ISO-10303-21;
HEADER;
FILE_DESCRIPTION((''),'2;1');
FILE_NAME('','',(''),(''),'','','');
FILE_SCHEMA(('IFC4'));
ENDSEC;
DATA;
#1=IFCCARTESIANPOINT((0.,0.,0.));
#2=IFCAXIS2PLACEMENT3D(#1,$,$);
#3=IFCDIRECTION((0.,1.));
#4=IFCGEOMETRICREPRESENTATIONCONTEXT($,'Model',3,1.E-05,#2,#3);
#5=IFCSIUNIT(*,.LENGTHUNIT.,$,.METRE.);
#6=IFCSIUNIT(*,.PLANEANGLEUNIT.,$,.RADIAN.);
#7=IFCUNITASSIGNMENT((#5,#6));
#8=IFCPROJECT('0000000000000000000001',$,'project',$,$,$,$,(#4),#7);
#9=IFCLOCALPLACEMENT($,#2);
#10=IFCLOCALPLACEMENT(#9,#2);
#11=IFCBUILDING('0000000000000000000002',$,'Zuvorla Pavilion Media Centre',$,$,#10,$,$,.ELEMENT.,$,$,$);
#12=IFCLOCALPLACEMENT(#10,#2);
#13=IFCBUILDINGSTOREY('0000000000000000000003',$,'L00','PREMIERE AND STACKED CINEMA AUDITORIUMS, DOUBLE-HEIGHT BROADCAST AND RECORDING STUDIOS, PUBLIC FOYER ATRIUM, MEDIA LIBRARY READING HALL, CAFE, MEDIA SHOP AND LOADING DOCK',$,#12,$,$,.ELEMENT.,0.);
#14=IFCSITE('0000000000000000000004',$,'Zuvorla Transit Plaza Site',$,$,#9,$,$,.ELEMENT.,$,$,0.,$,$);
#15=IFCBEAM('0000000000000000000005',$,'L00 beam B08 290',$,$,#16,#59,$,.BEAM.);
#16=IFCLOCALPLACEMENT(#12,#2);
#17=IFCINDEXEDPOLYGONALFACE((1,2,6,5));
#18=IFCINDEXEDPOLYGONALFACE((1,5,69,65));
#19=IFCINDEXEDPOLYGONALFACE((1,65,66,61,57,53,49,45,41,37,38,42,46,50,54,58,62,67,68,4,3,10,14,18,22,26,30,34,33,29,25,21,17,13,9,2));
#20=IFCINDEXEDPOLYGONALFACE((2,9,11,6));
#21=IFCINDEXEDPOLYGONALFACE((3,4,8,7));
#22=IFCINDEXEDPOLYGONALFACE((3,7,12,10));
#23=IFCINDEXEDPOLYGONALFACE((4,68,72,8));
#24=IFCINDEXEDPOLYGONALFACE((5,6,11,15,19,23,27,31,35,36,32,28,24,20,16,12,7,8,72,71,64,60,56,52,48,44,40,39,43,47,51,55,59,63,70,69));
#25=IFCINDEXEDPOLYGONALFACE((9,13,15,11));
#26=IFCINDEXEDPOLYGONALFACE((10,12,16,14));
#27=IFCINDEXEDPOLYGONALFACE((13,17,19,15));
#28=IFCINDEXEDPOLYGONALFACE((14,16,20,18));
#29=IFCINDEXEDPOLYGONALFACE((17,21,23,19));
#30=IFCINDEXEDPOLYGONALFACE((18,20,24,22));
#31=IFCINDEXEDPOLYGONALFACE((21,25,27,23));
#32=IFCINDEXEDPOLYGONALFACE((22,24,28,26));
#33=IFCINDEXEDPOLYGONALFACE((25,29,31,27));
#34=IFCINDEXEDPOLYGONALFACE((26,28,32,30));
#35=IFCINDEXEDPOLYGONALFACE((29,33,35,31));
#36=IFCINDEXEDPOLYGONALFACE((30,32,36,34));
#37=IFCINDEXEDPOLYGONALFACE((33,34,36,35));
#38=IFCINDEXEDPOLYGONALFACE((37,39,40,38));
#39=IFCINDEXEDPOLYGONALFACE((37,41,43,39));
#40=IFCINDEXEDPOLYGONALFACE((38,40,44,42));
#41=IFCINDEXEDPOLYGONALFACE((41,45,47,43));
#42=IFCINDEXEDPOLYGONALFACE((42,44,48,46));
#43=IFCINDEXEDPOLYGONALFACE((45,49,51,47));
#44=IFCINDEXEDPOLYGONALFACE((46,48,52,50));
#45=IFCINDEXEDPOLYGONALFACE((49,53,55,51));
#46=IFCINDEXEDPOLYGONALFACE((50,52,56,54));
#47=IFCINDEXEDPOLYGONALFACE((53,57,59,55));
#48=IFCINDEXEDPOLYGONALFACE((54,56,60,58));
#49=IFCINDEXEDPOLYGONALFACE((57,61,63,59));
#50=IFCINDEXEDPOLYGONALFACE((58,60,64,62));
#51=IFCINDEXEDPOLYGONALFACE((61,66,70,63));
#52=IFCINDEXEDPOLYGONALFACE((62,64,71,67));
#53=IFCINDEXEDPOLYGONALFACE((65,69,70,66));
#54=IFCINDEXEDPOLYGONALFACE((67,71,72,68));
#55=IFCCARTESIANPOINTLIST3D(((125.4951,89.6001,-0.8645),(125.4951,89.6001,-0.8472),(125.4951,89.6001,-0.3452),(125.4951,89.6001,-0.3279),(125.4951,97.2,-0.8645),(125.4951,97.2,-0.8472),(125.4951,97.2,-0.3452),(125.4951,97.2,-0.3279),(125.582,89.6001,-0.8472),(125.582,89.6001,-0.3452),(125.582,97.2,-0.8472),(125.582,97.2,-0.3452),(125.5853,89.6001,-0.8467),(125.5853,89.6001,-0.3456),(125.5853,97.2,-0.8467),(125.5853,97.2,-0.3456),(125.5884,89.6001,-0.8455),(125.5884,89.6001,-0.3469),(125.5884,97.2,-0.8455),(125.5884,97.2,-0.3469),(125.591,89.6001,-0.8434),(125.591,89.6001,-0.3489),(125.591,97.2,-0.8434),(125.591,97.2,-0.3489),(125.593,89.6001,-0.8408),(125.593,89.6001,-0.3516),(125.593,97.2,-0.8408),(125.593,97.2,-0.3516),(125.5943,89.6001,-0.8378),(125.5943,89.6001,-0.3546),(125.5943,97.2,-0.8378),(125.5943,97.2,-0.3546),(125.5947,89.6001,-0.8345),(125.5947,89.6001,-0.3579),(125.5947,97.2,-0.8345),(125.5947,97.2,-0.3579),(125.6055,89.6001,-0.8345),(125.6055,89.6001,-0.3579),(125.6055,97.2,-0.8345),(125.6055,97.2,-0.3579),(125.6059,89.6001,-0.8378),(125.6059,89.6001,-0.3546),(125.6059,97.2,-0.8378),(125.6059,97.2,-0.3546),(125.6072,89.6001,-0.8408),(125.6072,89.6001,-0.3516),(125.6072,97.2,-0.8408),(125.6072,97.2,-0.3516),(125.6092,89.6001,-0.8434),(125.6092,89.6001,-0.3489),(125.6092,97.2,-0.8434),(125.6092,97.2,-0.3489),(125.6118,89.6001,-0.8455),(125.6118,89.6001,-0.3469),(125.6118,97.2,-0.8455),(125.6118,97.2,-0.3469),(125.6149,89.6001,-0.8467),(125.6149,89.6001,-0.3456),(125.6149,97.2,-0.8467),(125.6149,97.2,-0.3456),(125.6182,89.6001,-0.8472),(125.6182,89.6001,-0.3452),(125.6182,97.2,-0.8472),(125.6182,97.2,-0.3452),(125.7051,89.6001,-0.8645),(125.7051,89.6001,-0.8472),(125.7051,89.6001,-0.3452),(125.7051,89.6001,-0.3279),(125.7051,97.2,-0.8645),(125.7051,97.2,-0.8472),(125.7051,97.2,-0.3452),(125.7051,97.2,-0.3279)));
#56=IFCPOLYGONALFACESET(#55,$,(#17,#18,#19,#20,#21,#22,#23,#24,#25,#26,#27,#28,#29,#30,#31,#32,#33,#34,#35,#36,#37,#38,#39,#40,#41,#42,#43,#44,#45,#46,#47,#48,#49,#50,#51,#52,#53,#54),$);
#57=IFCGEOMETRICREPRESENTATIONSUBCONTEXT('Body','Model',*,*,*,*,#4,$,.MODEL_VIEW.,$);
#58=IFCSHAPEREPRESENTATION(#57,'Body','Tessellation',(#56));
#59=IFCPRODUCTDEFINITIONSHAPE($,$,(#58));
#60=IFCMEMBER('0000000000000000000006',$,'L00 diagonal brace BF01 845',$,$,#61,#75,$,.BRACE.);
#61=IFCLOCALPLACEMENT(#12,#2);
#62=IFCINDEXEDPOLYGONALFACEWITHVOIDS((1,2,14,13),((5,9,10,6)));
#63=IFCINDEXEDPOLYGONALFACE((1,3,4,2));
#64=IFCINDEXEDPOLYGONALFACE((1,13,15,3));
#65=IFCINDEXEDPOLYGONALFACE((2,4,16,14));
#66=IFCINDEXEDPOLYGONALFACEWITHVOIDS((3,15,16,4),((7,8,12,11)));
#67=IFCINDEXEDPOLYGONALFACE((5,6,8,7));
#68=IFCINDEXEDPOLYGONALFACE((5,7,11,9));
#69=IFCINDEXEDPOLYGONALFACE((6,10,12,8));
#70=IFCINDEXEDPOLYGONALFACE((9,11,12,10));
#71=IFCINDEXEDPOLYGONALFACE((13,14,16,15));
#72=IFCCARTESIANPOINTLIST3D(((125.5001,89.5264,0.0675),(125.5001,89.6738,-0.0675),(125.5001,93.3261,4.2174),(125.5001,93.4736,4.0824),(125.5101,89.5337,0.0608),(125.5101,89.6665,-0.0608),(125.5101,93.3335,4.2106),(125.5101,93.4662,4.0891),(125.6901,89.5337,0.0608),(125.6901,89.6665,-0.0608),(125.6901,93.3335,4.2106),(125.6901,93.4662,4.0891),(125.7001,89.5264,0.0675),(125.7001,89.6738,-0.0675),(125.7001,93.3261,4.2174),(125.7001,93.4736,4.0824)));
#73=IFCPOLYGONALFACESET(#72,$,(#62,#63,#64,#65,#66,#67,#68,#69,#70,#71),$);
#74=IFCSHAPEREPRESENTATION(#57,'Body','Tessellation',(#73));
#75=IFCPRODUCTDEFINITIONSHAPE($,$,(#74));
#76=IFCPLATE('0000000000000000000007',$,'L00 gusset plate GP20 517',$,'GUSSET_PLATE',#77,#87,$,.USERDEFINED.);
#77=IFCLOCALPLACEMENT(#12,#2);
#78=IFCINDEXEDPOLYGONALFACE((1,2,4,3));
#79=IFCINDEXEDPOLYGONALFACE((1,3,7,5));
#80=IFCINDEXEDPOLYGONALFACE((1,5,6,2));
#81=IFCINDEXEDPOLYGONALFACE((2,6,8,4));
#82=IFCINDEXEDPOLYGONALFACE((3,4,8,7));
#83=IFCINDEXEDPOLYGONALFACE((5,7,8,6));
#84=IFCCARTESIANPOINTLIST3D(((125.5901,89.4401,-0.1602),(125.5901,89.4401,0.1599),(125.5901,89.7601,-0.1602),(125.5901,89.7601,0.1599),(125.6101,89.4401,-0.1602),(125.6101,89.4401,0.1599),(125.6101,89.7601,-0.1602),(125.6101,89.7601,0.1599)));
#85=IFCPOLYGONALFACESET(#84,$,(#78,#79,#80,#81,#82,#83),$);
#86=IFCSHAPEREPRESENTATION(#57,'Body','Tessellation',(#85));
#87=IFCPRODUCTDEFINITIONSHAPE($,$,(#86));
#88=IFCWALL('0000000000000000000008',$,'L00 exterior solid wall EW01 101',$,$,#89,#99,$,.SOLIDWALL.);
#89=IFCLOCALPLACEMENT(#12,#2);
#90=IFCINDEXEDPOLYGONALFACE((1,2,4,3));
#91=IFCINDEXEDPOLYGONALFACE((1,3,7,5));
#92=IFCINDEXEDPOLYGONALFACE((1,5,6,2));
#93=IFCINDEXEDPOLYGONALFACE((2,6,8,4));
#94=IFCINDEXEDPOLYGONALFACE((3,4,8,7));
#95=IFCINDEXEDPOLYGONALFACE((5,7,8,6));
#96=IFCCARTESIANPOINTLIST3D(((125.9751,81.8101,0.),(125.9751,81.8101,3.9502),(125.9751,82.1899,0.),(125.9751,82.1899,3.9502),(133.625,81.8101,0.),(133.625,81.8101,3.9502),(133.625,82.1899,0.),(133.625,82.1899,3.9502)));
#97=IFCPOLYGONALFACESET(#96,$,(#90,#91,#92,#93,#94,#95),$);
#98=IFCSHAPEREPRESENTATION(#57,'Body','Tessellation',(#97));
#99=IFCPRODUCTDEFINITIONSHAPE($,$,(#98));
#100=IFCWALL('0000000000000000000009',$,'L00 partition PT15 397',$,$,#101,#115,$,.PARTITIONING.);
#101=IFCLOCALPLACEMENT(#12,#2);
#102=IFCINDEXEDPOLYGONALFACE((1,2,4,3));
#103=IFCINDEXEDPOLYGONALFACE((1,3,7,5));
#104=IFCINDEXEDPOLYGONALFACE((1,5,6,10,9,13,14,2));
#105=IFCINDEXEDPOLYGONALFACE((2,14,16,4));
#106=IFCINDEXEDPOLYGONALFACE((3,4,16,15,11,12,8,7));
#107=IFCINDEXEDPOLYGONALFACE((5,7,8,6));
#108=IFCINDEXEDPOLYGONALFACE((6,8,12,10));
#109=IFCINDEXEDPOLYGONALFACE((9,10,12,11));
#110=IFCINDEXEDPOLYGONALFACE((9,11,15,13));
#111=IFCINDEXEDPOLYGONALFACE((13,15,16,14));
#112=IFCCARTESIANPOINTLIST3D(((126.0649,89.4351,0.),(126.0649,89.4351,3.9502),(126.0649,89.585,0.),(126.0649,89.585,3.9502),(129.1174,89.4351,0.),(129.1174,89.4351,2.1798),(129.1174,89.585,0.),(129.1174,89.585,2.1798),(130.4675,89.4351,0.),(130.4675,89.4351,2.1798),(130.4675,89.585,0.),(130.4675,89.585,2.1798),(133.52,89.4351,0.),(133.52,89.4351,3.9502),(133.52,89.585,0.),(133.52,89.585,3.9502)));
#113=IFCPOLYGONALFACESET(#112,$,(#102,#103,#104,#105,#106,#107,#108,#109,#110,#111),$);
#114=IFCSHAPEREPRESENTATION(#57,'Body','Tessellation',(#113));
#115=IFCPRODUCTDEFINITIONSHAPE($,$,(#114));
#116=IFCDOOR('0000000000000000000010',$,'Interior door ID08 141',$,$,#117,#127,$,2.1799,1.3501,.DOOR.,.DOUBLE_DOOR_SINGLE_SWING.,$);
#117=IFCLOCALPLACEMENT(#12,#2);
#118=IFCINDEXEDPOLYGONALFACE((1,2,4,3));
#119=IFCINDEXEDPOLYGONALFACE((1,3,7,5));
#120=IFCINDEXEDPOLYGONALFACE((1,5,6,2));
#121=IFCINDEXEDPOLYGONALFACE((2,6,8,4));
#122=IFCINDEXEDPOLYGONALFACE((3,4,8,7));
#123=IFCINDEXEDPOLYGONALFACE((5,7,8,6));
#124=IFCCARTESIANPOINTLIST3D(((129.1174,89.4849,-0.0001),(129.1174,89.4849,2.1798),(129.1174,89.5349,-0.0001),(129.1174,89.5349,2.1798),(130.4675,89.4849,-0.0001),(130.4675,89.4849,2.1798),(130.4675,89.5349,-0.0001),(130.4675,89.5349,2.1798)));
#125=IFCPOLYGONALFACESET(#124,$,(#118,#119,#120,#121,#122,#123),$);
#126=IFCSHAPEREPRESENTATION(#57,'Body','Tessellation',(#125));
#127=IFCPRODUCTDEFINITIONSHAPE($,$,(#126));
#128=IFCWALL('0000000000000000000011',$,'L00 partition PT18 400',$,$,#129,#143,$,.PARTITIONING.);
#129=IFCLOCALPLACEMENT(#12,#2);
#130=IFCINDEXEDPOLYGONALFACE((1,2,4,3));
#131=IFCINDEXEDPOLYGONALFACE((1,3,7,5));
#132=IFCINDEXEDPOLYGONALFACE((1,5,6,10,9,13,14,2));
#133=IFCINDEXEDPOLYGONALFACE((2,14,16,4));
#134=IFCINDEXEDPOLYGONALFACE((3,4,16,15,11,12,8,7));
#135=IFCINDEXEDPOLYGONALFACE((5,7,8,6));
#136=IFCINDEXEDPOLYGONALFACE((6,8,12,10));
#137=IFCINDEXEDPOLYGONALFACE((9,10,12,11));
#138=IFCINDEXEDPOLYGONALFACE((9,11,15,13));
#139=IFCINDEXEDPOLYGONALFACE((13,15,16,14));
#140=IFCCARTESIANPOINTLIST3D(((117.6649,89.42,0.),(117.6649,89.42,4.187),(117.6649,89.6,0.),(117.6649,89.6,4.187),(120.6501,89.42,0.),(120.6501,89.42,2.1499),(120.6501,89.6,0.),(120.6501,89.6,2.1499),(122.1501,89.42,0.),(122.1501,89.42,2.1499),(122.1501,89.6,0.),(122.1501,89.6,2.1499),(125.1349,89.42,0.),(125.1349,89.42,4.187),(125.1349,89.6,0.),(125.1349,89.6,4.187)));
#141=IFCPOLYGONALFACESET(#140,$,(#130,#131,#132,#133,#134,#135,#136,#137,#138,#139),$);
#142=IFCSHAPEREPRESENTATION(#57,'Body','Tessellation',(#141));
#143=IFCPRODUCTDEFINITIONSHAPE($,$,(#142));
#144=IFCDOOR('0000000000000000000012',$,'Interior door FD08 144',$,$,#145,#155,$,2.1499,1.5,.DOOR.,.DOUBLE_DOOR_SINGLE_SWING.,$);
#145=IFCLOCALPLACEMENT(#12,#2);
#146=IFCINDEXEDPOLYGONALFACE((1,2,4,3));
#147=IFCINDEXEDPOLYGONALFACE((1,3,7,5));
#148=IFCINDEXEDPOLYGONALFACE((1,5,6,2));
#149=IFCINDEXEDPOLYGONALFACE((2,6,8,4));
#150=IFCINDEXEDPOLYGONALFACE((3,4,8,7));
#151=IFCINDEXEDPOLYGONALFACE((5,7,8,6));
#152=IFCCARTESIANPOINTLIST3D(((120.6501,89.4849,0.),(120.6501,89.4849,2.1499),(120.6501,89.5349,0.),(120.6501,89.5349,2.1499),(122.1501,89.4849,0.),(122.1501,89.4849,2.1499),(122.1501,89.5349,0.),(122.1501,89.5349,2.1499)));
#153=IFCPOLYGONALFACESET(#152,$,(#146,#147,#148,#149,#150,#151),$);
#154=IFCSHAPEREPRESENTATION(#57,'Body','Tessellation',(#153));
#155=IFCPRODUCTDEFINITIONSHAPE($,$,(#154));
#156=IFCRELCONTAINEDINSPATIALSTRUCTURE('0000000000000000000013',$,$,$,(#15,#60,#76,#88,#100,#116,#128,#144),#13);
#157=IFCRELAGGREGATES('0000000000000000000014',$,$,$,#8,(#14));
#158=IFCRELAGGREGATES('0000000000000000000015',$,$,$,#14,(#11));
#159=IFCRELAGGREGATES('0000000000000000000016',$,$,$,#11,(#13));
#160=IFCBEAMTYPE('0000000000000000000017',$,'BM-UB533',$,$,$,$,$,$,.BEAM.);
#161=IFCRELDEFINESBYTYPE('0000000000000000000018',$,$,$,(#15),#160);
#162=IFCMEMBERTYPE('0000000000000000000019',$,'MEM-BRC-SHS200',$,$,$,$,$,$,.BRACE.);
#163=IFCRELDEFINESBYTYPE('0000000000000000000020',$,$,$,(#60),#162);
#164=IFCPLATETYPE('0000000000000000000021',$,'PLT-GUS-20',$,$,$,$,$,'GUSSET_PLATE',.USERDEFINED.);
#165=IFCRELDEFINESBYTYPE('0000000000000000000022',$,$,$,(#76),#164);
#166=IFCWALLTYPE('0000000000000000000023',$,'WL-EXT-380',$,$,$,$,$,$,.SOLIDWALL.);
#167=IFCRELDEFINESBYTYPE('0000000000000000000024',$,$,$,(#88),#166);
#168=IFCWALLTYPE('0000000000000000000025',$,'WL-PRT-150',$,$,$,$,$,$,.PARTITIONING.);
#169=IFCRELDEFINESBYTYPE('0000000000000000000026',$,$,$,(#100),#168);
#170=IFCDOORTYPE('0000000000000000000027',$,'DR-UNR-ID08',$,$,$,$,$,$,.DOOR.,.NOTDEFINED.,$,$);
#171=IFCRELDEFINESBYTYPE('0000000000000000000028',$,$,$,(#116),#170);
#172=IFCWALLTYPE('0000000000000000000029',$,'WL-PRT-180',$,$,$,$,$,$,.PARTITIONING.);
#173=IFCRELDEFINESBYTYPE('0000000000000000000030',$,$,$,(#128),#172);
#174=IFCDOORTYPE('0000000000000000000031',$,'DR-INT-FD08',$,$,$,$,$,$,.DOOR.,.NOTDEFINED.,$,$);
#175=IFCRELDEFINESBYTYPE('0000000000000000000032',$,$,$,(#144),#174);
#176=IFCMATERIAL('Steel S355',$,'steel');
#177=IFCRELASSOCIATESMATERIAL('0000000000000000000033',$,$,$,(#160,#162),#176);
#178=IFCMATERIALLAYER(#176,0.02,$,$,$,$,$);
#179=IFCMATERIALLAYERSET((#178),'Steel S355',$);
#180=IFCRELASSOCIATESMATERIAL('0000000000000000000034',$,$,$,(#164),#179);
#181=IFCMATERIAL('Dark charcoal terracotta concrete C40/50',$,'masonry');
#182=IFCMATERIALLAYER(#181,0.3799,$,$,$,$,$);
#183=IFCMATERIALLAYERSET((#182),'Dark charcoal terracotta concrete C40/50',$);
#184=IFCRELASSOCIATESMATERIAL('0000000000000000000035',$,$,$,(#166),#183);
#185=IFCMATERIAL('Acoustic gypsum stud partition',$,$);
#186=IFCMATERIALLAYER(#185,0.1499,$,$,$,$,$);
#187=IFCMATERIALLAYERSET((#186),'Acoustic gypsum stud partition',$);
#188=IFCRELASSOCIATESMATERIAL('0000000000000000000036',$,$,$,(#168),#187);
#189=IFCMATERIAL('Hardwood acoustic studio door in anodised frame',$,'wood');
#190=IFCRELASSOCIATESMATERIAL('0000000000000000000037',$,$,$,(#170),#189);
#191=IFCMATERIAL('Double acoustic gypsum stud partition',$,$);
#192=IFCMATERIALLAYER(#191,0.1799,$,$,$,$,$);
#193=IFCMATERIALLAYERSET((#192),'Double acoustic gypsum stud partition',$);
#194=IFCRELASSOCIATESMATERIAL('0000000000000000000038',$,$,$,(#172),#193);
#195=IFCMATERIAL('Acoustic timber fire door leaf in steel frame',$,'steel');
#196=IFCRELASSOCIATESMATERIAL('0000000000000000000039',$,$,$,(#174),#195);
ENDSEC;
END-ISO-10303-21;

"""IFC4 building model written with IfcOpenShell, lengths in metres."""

from ifc_helpers import new_model, si_unit, direction, frame, frame_2d, origin, origin_2d, place, context, subcontext, project, spatial, rectangle, hollow_rectangle, i_section, extrude, material, layer, layer_set, material_profile, profile_set, type_object, element, fill, save


model = new_model("IFC4")

# Units and contexts
model_context = context("Model", 3, precision=1e-05, world=origin(), true_north=direction((0.0, 1.0)))
body_context = subcontext(model_context, "Body", "Model", "MODEL_VIEW")
ifc_project = project(units=[si_unit("LENGTHUNIT", "METRE"), si_unit("PLANEANGLEUNIT", "RADIAN")], contexts=[model_context])

# Site, building, storey
site_placement = place(None, origin())
site = spatial("IfcSite", under=ifc_project, at=site_placement, Name="Zuvorla Transit Plaza Site", CompositionType="ELEMENT", RefElevation=0.0)
building_placement = place(site_placement, origin())
building = spatial("IfcBuilding", under=site, at=building_placement, Name="Zuvorla Pavilion Media Centre", CompositionType="ELEMENT")
storey_placement = place(building_placement, origin())
storey = spatial("IfcBuildingStorey", under=building, at=storey_placement, Name="L00", Description="PREMIERE AND STACKED CINEMA AUDITORIUMS, DOUBLE-HEIGHT BROADCAST AND RECORDING STUDIOS, PUBLIC FOYER ATRIUM, MEDIA LIBRARY READING HALL, CAFE, MEDIA SHOP AND LOADING DOCK", CompositionType="ELEMENT", Elevation=0.0)

# Beam
ifc_material_1 = material(Name="Steel S355", Category="steel")
ifc_material_profile_1 = material_profile(ifc_material_1, i_section(OverallWidth=0.21, OverallDepth=0.5366, WebThickness=0.0107, FlangeThickness=0.0173, FilletRadius=0.0127, at=origin_2d()), Name="UB 533x210x101")
ifc_profile_set_1 = profile_set([ifc_material_profile_1], Name="Steel S355")
beam_type_1 = type_object("IfcBeamType", Name="BM-UB533", PredefinedType="BEAM", material=ifc_profile_set_1)
beam_1_placement = place(storey_placement, frame((125.6001, 89.6001, -0.5962), z_axis=(0.0, 1.0, 0.0), x_axis=(-1.0, 0.0, 0.0)))
element("IfcBeam", 1, at=beam_1_placement, inside=storey, type_object=beam_type_1, Name="L00 beam B08 290", PredefinedType="BEAM", context=body_context, shape_type="SweptSolid", body=[
    extrude(i_section(OverallWidth=0.21, OverallDepth=0.5366, WebThickness=0.0107, FlangeThickness=0.0173, FilletRadius=0.0127, at=origin_2d()), origin(), (0.0, 0.0, 1.0), 7.5999),
])

# Member
ifc_material_profile_2 = material_profile(ifc_material_1, hollow_rectangle(XDim=0.2, YDim=0.2, WallThickness=0.01, at=origin_2d()), Name="SHS 200x200x10")
ifc_profile_set_2 = profile_set([ifc_material_profile_2], Name="Steel S355")
member_type = type_object("IfcMemberType", Name="MEM-BRC-SHS200", PredefinedType="BRACE", material=ifc_profile_set_2)
member_placement = place(storey_placement, frame((125.6001, 89.6001, 0.0), z_axis=(0.0, 0.675312, 0.737532), x_axis=(-1.0, 0.0, 0.0)))
element("IfcMember", 2, at=member_placement, inside=storey, type_object=member_type, Name="L00 diagonal brace BF01 845", PredefinedType="BRACE", context=body_context, shape_type="SweptSolid", body=[
    extrude(hollow_rectangle(XDim=0.2, YDim=0.2, WallThickness=0.01, at=origin_2d()), origin(), (0.0, 0.0, 1.0), 5.6267),
])

# Plate
ifc_layer_1 = layer(ifc_material_1, 0.02)
ifc_layer_set_1 = layer_set([ifc_layer_1], Name="Steel S355")
plate_type = type_object("IfcPlateType", Name="PLT-GUS-20", ElementType="GUSSET_PLATE", PredefinedType="USERDEFINED", material=ifc_layer_set_1)
plate_placement = place(storey_placement, frame((125.6001, 89.6001, -0.1602), z_axis=(0.0, 0.0, 1.0), x_axis=(1.0, 0.0, 0.0)))
element("IfcPlate", 3, at=plate_placement, inside=storey, type_object=plate_type, Name="L00 gusset plate GP20 517", ObjectType="GUSSET_PLATE", PredefinedType="USERDEFINED", context=body_context, shape_type="SweptSolid", body=[
    extrude(rectangle(XDim=0.02, YDim=0.3201, at=origin_2d()), origin(), (0.0, 0.0, 1.0), 0.3201),
])

# Wall
ifc_material_2 = material(Name="Dark charcoal terracotta concrete C40/50", Category="masonry")
ifc_layer_2 = layer(ifc_material_2, 0.3799)
ifc_layer_set_2 = layer_set([ifc_layer_2], Name="Dark charcoal terracotta concrete C40/50")
wall_type_1 = type_object("IfcWallType", Name="WL-EXT-380", PredefinedType="SOLIDWALL", material=ifc_layer_set_2)
wall_1_placement = place(storey_placement, frame((125.9751, 82.0, 0.0), z_axis=(0.0, 0.0, 1.0), x_axis=(1.0, 0.0, 0.0)))
element("IfcWall", 4, at=wall_1_placement, inside=storey, type_object=wall_type_1, Name="L00 exterior solid wall EW01 101", PredefinedType="SOLIDWALL", context=body_context, shape_type="SweptSolid", body=[
    extrude(rectangle(XDim=7.6499, YDim=0.3799, at=frame_2d((3.825, 0.0))), origin(), (0.0, 0.0, 1.0), 3.9502),
])

# Walls, openings, doors
ifc_material_3 = material(Name="Acoustic gypsum stud partition")
ifc_layer_3 = layer(ifc_material_3, 0.1499)
ifc_layer_set_3 = layer_set([ifc_layer_3], Name="Acoustic gypsum stud partition")
wall_type_2 = type_object("IfcWallType", Name="WL-PRT-150", PredefinedType="PARTITIONING", material=ifc_layer_set_3)
wall_2_placement = place(storey_placement, frame((126.0649, 89.51, 0.0), z_axis=(0.0, 0.0, 1.0), x_axis=(1.0, 0.0, 0.0)))
wall_2 = element("IfcWall", 5, at=wall_2_placement, inside=storey, type_object=wall_type_2, Name="L00 partition PT15 397", PredefinedType="PARTITIONING", context=body_context, shape_type="SweptSolid", body=[
    extrude(rectangle(XDim=7.4551, YDim=0.1499, at=frame_2d((3.7275, 0.0))), origin(), (0.0, 0.0, 1.0), 3.9502),
])
opening_1_placement = place(wall_2_placement, frame((3.0525, 0.0, 0.0)))
opening_1 = element("IfcOpeningElement", 6, at=opening_1_placement, cuts=wall_2, PredefinedType="OPENING", context=body_context, shape_type="SweptSolid", body=[
    extrude(rectangle(XDim=1.3501, YDim=2.1799, at=frame_2d((0.675, 1.0898))), frame((0.0, 0.085, 0.0), z_axis=(0.0, -1.0, 0.0), x_axis=(1.0, 0.0, 0.0)), (0.0, 0.0, 1.0), 0.1699),
])
ifc_material_4 = material(Name="Hardwood acoustic studio door in anodised frame", Category="wood")
door_type_1 = type_object("IfcDoorType", Name="DR-UNR-ID08", OperationType="NOTDEFINED", PredefinedType="DOOR", material=ifc_material_4)
door_1_placement = place(opening_1_placement, origin())
door_1 = element("IfcDoor", 7, at=door_1_placement, inside=storey, type_object=door_type_1, Name="Interior door ID08 141", OperationType="DOUBLE_DOOR_SINGLE_SWING", OverallHeight=2.1799, OverallWidth=1.3501, PredefinedType="DOOR", context=body_context, shape_type="SweptSolid", body=[
    extrude(rectangle(XDim=1.3501, YDim=2.1799, at=frame_2d((0.675, 1.0898))), frame((0.0, 0.0249, 0.0), z_axis=(0.0, -1.0, 0.0), x_axis=(1.0, 0.0, 0.0)), (0.0, 0.0, 1.0), 0.05),
])
fill(opening_1, door_1)
ifc_material_5 = material(Name="Double acoustic gypsum stud partition")
ifc_layer_4 = layer(ifc_material_5, 0.1799)
ifc_layer_set_4 = layer_set([ifc_layer_4], Name="Double acoustic gypsum stud partition")
wall_type_3 = type_object("IfcWallType", Name="WL-PRT-180", PredefinedType="PARTITIONING", material=ifc_layer_set_4)
wall_3_placement = place(storey_placement, frame((117.665, 89.51, 0.0), z_axis=(0.0, 0.0, 1.0), x_axis=(1.0, 0.0, 0.0)))
wall_3 = element("IfcWall", 8, at=wall_3_placement, inside=storey, type_object=wall_type_3, Name="L00 partition PT18 400", PredefinedType="PARTITIONING", context=body_context, shape_type="SweptSolid", body=[
    extrude(rectangle(XDim=7.47, YDim=0.1799, at=frame_2d((3.7349, 0.0))), origin(), (0.0, 0.0, 1.0), 4.187),
])
opening_2_placement = place(wall_3_placement, frame((2.9851, 0.0, 0.0)))
opening_2 = element("IfcOpeningElement", 9, at=opening_2_placement, cuts=wall_3, PredefinedType="OPENING", context=body_context, shape_type="SweptSolid", body=[
    extrude(rectangle(XDim=1.5, YDim=2.1499, at=frame_2d((0.75, 1.075))), frame((0.0, 0.0999, 0.0), z_axis=(0.0, -1.0, 0.0), x_axis=(1.0, 0.0, 0.0)), (0.0, 0.0, 1.0), 0.2),
])
ifc_material_6 = material(Name="Acoustic timber fire door leaf in steel frame", Category="steel")
door_type_2 = type_object("IfcDoorType", Name="DR-INT-FD08", OperationType="NOTDEFINED", PredefinedType="DOOR", material=ifc_material_6)
door_2_placement = place(opening_2_placement, origin())
door_2 = element("IfcDoor", 10, at=door_2_placement, inside=storey, type_object=door_type_2, Name="Interior door FD08 144", OperationType="DOUBLE_DOOR_SINGLE_SWING", OverallHeight=2.1499, OverallWidth=1.5, PredefinedType="DOOR", context=body_context, shape_type="SweptSolid", body=[
    extrude(rectangle(XDim=1.5, YDim=2.1499, at=frame_2d((0.75, 1.075))), frame((0.0, 0.0249, 0.0), z_axis=(0.0, -1.0, 0.0), x_axis=(1.0, 0.0, 0.0)), (0.0, 0.0, 1.0), 0.05),
])
fill(opening_2, door_2)

save(model, "model.ifc")
